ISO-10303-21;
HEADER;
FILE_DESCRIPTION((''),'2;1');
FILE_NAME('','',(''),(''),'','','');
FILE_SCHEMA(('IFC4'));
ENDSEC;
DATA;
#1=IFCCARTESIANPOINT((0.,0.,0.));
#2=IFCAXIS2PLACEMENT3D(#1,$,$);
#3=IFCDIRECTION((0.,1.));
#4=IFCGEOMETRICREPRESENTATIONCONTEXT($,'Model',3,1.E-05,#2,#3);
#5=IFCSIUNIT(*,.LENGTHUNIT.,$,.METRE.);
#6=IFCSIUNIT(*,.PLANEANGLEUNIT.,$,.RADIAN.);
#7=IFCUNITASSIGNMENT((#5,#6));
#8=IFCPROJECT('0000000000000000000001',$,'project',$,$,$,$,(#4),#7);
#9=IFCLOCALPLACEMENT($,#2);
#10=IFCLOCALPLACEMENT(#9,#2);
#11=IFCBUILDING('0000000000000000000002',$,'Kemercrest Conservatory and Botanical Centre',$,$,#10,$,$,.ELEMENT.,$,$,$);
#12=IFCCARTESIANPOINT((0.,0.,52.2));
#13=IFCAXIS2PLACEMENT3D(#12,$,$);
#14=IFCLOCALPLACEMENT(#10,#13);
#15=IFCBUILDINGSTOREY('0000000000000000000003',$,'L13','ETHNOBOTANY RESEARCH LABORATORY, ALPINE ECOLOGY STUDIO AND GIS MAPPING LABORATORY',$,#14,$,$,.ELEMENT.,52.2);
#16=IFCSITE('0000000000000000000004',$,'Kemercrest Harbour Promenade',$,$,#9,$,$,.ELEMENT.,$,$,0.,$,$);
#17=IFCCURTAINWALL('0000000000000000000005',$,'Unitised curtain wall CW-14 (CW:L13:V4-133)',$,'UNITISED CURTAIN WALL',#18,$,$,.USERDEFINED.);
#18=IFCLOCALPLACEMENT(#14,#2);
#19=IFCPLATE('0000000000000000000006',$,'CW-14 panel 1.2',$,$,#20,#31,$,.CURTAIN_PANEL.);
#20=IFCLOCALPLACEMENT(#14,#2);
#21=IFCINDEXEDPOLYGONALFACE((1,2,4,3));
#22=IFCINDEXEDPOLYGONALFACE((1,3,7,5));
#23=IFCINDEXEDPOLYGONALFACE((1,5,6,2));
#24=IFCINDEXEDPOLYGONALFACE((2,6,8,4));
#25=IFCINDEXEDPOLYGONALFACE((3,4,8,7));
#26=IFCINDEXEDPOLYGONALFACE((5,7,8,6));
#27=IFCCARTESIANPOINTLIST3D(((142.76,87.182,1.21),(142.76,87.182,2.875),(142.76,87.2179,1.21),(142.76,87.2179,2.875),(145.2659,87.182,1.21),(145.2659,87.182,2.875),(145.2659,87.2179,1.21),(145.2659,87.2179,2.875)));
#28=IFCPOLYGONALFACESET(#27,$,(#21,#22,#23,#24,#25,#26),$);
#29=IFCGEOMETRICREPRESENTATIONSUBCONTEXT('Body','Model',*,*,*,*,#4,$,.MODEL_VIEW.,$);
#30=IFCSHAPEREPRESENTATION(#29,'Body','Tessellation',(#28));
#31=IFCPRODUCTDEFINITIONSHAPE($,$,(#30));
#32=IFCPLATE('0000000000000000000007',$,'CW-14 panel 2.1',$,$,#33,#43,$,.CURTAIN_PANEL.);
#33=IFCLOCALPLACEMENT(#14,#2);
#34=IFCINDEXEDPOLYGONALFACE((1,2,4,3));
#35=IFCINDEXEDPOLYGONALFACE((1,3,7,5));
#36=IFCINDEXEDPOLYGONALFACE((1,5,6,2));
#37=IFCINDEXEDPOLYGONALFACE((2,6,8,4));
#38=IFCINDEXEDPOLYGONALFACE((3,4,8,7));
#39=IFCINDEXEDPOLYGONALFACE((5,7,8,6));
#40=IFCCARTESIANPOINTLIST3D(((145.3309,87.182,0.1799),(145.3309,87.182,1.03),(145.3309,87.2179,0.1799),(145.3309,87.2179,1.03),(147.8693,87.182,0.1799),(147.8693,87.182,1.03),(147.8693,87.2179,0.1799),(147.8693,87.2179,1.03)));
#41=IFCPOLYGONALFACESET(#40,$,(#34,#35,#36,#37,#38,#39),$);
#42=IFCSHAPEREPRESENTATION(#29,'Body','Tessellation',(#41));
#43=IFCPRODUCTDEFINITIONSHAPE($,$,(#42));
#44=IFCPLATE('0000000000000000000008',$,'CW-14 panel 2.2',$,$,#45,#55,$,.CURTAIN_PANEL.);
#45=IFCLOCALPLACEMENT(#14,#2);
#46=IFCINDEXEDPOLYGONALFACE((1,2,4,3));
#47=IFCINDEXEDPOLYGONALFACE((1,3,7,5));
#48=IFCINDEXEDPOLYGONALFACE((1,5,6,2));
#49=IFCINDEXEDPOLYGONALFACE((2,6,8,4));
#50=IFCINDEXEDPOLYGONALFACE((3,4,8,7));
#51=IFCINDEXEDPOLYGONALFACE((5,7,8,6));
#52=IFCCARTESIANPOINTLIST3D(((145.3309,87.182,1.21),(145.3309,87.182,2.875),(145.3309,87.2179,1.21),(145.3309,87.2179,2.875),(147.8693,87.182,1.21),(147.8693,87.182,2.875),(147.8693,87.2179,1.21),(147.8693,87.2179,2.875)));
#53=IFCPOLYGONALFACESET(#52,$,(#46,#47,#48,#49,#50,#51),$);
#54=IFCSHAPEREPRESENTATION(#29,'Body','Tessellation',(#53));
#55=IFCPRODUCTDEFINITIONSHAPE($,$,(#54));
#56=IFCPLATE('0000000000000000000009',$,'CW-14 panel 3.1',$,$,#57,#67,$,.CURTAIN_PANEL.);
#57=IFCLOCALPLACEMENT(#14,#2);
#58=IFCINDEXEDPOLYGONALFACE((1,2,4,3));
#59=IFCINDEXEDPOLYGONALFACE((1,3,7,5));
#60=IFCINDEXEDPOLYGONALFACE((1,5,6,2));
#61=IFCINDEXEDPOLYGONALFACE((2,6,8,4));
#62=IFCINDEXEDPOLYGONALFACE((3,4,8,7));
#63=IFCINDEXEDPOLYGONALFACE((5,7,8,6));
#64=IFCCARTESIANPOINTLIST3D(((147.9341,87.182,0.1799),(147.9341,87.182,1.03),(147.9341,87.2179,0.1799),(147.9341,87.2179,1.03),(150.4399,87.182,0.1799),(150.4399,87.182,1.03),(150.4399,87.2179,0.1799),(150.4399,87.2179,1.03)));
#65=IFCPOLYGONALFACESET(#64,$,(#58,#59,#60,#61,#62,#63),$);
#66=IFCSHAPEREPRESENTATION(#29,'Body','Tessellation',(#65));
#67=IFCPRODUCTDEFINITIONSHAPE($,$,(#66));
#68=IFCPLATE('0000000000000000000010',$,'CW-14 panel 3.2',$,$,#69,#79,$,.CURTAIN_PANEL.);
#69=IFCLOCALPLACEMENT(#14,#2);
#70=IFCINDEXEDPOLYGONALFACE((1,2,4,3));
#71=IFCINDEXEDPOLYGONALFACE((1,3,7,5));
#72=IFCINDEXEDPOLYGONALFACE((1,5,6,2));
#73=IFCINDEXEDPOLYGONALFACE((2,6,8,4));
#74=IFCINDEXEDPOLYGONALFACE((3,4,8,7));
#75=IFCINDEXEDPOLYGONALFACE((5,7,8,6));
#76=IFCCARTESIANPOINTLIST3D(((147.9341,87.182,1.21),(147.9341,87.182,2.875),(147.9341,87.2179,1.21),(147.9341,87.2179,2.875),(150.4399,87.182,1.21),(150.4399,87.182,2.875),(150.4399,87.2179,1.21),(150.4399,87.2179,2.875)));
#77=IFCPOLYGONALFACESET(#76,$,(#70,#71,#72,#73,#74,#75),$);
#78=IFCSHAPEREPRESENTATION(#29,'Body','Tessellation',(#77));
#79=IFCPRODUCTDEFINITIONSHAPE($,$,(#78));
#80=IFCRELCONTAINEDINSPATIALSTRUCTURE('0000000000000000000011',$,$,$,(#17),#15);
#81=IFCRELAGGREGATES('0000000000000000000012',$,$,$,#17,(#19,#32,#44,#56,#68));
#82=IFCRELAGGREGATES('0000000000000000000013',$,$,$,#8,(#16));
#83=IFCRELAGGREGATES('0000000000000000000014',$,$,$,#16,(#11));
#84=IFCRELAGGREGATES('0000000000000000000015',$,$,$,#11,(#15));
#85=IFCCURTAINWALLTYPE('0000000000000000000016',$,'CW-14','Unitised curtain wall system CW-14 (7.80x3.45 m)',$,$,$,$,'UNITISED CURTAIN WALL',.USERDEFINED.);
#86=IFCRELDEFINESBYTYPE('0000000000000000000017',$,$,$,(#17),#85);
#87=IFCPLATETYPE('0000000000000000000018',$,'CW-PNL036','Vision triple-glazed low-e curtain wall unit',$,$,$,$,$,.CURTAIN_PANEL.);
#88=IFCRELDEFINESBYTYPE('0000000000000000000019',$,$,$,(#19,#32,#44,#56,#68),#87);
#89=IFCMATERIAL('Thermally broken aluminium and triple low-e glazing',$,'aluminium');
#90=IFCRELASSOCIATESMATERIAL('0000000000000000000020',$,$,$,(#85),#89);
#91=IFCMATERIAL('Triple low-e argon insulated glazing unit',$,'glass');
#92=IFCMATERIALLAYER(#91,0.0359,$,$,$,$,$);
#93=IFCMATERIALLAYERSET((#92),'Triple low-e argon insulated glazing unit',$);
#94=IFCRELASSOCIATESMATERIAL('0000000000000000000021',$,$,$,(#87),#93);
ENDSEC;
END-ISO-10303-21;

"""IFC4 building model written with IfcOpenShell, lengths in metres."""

from ifc_helpers import new_model, si_unit, direction, frame, origin, origin_2d, place, context, subcontext, project, spatial, rectangle, extrude, material, layer, layer_set, type_object, element, aggregate, save


model = new_model("IFC4")

# Units and contexts
model_context = context("Model", 3, precision=1e-05, world=origin(), true_north=direction((0.0, 1.0)))
body_context = subcontext(model_context, "Body", "Model", "MODEL_VIEW")
ifc_project = project(units=[si_unit("LENGTHUNIT", "METRE"), si_unit("PLANEANGLEUNIT", "RADIAN")], contexts=[model_context])

# Site, building, storey
site_placement = place(None, origin())
site = spatial("IfcSite", under=ifc_project, at=site_placement, Name="Kemercrest Harbour Promenade", CompositionType="ELEMENT", RefElevation=0.0)
building_placement = place(site_placement, origin())
building = spatial("IfcBuilding", under=site, at=building_placement, Name="Kemercrest Conservatory and Botanical Centre", CompositionType="ELEMENT")
storey_placement = place(building_placement, frame((0.0, 0.0, 52.2)))
storey = spatial("IfcBuildingStorey", under=building, at=storey_placement, Name="L13", Description="ETHNOBOTANY RESEARCH LABORATORY, ALPINE ECOLOGY STUDIO AND GIS MAPPING LABORATORY", CompositionType="ELEMENT", Elevation=52.2)

# Curtain wall, plates
ifc_material_1 = material(Name="Thermally broken aluminium and triple low-e glazing", Category="aluminium")
curtain_wall_type = type_object("IfcCurtainWallType", Name="CW-14", Description="Unitised curtain wall system CW-14 (7.80x3.45 m)", ElementType="UNITISED CURTAIN WALL", PredefinedType="USERDEFINED", material=ifc_material_1)
curtain_wall_placement = place(storey_placement, origin())
curtain_wall = element("IfcCurtainWall", 1, at=curtain_wall_placement, inside=storey, type_object=curtain_wall_type, Name="Unitised curtain wall CW-14 (CW:L13:V4-133)", ObjectType="UNITISED CURTAIN WALL", PredefinedType="USERDEFINED")
ifc_material_2 = material(Name="Triple low-e argon insulated glazing unit", Category="glass")
ifc_layer = layer(ifc_material_2, 0.0359)
ifc_layer_set = layer_set([ifc_layer], Name="Triple low-e argon insulated glazing unit")
plate_type = type_object("IfcPlateType", Name="CW-PNL036", Description="Vision triple-glazed low-e curtain wall unit", PredefinedType="CURTAIN_PANEL", material=ifc_layer_set)
plate_1_placement = place(storey_placement, frame((144.0129, 87.2, 1.21), z_axis=(0.0, 0.0, 1.0), x_axis=(1.0, 0.0, 0.0)))
plate_1 = element("IfcPlate", 2, at=plate_1_placement, type_object=plate_type, Name="CW-14 panel 1.2", PredefinedType="CURTAIN_PANEL", context=body_context, shape_type="SweptSolid", body=[
    extrude(rectangle(XDim=2.5059, YDim=0.0359, at=origin_2d()), origin(), (0.0, 0.0, 1.0), 1.665),
])
plate_2_placement = place(storey_placement, frame((146.6001, 87.2, 0.1799), z_axis=(0.0, 0.0, 1.0), x_axis=(1.0, 0.0, 0.0)))
plate_2 = element("IfcPlate", 3, at=plate_2_placement, type_object=plate_type, Name="CW-14 panel 2.1", PredefinedType="CURTAIN_PANEL", context=body_context, shape_type="SweptSolid", body=[
    extrude(rectangle(XDim=2.5383, YDim=0.0359, at=origin_2d()), origin(), (0.0, 0.0, 1.0), 0.8501),
])
plate_3_placement = place(storey_placement, frame((146.6001, 87.2, 1.21), z_axis=(0.0, 0.0, 1.0), x_axis=(1.0, 0.0, 0.0)))
plate_3 = element("IfcPlate", 4, at=plate_3_placement, type_object=plate_type, Name="CW-14 panel 2.2", PredefinedType="CURTAIN_PANEL", context=body_context, shape_type="SweptSolid", body=[
    extrude(rectangle(XDim=2.5383, YDim=0.0359, at=origin_2d()), origin(), (0.0, 0.0, 1.0), 1.665),
])
plate_4_placement = place(storey_placement, frame((149.187, 87.2, 0.1799), z_axis=(0.0, 0.0, 1.0), x_axis=(1.0, 0.0, 0.0)))
plate_4 = element("IfcPlate", 5, at=plate_4_placement, type_object=plate_type, Name="CW-14 panel 3.1", PredefinedType="CURTAIN_PANEL", context=body_context, shape_type="SweptSolid", body=[
    extrude(rectangle(XDim=2.5059, YDim=0.0359, at=origin_2d()), origin(), (0.0, 0.0, 1.0), 0.8501),
])
plate_5_placement = place(storey_placement, frame((149.187, 87.2, 1.21), z_axis=(0.0, 0.0, 1.0), x_axis=(1.0, 0.0, 0.0)))
plate_5 = element("IfcPlate", 6, at=plate_5_placement, type_object=plate_type, Name="CW-14 panel 3.2", PredefinedType="CURTAIN_PANEL", context=body_context, shape_type="SweptSolid", body=[
    extrude(rectangle(XDim=2.5059, YDim=0.0359, at=origin_2d()), origin(), (0.0, 0.0, 1.0), 1.665),
])
aggregate(curtain_wall, [plate_1, plate_2, plate_3, plate_4, plate_5])

save(model, "model.ifc")
